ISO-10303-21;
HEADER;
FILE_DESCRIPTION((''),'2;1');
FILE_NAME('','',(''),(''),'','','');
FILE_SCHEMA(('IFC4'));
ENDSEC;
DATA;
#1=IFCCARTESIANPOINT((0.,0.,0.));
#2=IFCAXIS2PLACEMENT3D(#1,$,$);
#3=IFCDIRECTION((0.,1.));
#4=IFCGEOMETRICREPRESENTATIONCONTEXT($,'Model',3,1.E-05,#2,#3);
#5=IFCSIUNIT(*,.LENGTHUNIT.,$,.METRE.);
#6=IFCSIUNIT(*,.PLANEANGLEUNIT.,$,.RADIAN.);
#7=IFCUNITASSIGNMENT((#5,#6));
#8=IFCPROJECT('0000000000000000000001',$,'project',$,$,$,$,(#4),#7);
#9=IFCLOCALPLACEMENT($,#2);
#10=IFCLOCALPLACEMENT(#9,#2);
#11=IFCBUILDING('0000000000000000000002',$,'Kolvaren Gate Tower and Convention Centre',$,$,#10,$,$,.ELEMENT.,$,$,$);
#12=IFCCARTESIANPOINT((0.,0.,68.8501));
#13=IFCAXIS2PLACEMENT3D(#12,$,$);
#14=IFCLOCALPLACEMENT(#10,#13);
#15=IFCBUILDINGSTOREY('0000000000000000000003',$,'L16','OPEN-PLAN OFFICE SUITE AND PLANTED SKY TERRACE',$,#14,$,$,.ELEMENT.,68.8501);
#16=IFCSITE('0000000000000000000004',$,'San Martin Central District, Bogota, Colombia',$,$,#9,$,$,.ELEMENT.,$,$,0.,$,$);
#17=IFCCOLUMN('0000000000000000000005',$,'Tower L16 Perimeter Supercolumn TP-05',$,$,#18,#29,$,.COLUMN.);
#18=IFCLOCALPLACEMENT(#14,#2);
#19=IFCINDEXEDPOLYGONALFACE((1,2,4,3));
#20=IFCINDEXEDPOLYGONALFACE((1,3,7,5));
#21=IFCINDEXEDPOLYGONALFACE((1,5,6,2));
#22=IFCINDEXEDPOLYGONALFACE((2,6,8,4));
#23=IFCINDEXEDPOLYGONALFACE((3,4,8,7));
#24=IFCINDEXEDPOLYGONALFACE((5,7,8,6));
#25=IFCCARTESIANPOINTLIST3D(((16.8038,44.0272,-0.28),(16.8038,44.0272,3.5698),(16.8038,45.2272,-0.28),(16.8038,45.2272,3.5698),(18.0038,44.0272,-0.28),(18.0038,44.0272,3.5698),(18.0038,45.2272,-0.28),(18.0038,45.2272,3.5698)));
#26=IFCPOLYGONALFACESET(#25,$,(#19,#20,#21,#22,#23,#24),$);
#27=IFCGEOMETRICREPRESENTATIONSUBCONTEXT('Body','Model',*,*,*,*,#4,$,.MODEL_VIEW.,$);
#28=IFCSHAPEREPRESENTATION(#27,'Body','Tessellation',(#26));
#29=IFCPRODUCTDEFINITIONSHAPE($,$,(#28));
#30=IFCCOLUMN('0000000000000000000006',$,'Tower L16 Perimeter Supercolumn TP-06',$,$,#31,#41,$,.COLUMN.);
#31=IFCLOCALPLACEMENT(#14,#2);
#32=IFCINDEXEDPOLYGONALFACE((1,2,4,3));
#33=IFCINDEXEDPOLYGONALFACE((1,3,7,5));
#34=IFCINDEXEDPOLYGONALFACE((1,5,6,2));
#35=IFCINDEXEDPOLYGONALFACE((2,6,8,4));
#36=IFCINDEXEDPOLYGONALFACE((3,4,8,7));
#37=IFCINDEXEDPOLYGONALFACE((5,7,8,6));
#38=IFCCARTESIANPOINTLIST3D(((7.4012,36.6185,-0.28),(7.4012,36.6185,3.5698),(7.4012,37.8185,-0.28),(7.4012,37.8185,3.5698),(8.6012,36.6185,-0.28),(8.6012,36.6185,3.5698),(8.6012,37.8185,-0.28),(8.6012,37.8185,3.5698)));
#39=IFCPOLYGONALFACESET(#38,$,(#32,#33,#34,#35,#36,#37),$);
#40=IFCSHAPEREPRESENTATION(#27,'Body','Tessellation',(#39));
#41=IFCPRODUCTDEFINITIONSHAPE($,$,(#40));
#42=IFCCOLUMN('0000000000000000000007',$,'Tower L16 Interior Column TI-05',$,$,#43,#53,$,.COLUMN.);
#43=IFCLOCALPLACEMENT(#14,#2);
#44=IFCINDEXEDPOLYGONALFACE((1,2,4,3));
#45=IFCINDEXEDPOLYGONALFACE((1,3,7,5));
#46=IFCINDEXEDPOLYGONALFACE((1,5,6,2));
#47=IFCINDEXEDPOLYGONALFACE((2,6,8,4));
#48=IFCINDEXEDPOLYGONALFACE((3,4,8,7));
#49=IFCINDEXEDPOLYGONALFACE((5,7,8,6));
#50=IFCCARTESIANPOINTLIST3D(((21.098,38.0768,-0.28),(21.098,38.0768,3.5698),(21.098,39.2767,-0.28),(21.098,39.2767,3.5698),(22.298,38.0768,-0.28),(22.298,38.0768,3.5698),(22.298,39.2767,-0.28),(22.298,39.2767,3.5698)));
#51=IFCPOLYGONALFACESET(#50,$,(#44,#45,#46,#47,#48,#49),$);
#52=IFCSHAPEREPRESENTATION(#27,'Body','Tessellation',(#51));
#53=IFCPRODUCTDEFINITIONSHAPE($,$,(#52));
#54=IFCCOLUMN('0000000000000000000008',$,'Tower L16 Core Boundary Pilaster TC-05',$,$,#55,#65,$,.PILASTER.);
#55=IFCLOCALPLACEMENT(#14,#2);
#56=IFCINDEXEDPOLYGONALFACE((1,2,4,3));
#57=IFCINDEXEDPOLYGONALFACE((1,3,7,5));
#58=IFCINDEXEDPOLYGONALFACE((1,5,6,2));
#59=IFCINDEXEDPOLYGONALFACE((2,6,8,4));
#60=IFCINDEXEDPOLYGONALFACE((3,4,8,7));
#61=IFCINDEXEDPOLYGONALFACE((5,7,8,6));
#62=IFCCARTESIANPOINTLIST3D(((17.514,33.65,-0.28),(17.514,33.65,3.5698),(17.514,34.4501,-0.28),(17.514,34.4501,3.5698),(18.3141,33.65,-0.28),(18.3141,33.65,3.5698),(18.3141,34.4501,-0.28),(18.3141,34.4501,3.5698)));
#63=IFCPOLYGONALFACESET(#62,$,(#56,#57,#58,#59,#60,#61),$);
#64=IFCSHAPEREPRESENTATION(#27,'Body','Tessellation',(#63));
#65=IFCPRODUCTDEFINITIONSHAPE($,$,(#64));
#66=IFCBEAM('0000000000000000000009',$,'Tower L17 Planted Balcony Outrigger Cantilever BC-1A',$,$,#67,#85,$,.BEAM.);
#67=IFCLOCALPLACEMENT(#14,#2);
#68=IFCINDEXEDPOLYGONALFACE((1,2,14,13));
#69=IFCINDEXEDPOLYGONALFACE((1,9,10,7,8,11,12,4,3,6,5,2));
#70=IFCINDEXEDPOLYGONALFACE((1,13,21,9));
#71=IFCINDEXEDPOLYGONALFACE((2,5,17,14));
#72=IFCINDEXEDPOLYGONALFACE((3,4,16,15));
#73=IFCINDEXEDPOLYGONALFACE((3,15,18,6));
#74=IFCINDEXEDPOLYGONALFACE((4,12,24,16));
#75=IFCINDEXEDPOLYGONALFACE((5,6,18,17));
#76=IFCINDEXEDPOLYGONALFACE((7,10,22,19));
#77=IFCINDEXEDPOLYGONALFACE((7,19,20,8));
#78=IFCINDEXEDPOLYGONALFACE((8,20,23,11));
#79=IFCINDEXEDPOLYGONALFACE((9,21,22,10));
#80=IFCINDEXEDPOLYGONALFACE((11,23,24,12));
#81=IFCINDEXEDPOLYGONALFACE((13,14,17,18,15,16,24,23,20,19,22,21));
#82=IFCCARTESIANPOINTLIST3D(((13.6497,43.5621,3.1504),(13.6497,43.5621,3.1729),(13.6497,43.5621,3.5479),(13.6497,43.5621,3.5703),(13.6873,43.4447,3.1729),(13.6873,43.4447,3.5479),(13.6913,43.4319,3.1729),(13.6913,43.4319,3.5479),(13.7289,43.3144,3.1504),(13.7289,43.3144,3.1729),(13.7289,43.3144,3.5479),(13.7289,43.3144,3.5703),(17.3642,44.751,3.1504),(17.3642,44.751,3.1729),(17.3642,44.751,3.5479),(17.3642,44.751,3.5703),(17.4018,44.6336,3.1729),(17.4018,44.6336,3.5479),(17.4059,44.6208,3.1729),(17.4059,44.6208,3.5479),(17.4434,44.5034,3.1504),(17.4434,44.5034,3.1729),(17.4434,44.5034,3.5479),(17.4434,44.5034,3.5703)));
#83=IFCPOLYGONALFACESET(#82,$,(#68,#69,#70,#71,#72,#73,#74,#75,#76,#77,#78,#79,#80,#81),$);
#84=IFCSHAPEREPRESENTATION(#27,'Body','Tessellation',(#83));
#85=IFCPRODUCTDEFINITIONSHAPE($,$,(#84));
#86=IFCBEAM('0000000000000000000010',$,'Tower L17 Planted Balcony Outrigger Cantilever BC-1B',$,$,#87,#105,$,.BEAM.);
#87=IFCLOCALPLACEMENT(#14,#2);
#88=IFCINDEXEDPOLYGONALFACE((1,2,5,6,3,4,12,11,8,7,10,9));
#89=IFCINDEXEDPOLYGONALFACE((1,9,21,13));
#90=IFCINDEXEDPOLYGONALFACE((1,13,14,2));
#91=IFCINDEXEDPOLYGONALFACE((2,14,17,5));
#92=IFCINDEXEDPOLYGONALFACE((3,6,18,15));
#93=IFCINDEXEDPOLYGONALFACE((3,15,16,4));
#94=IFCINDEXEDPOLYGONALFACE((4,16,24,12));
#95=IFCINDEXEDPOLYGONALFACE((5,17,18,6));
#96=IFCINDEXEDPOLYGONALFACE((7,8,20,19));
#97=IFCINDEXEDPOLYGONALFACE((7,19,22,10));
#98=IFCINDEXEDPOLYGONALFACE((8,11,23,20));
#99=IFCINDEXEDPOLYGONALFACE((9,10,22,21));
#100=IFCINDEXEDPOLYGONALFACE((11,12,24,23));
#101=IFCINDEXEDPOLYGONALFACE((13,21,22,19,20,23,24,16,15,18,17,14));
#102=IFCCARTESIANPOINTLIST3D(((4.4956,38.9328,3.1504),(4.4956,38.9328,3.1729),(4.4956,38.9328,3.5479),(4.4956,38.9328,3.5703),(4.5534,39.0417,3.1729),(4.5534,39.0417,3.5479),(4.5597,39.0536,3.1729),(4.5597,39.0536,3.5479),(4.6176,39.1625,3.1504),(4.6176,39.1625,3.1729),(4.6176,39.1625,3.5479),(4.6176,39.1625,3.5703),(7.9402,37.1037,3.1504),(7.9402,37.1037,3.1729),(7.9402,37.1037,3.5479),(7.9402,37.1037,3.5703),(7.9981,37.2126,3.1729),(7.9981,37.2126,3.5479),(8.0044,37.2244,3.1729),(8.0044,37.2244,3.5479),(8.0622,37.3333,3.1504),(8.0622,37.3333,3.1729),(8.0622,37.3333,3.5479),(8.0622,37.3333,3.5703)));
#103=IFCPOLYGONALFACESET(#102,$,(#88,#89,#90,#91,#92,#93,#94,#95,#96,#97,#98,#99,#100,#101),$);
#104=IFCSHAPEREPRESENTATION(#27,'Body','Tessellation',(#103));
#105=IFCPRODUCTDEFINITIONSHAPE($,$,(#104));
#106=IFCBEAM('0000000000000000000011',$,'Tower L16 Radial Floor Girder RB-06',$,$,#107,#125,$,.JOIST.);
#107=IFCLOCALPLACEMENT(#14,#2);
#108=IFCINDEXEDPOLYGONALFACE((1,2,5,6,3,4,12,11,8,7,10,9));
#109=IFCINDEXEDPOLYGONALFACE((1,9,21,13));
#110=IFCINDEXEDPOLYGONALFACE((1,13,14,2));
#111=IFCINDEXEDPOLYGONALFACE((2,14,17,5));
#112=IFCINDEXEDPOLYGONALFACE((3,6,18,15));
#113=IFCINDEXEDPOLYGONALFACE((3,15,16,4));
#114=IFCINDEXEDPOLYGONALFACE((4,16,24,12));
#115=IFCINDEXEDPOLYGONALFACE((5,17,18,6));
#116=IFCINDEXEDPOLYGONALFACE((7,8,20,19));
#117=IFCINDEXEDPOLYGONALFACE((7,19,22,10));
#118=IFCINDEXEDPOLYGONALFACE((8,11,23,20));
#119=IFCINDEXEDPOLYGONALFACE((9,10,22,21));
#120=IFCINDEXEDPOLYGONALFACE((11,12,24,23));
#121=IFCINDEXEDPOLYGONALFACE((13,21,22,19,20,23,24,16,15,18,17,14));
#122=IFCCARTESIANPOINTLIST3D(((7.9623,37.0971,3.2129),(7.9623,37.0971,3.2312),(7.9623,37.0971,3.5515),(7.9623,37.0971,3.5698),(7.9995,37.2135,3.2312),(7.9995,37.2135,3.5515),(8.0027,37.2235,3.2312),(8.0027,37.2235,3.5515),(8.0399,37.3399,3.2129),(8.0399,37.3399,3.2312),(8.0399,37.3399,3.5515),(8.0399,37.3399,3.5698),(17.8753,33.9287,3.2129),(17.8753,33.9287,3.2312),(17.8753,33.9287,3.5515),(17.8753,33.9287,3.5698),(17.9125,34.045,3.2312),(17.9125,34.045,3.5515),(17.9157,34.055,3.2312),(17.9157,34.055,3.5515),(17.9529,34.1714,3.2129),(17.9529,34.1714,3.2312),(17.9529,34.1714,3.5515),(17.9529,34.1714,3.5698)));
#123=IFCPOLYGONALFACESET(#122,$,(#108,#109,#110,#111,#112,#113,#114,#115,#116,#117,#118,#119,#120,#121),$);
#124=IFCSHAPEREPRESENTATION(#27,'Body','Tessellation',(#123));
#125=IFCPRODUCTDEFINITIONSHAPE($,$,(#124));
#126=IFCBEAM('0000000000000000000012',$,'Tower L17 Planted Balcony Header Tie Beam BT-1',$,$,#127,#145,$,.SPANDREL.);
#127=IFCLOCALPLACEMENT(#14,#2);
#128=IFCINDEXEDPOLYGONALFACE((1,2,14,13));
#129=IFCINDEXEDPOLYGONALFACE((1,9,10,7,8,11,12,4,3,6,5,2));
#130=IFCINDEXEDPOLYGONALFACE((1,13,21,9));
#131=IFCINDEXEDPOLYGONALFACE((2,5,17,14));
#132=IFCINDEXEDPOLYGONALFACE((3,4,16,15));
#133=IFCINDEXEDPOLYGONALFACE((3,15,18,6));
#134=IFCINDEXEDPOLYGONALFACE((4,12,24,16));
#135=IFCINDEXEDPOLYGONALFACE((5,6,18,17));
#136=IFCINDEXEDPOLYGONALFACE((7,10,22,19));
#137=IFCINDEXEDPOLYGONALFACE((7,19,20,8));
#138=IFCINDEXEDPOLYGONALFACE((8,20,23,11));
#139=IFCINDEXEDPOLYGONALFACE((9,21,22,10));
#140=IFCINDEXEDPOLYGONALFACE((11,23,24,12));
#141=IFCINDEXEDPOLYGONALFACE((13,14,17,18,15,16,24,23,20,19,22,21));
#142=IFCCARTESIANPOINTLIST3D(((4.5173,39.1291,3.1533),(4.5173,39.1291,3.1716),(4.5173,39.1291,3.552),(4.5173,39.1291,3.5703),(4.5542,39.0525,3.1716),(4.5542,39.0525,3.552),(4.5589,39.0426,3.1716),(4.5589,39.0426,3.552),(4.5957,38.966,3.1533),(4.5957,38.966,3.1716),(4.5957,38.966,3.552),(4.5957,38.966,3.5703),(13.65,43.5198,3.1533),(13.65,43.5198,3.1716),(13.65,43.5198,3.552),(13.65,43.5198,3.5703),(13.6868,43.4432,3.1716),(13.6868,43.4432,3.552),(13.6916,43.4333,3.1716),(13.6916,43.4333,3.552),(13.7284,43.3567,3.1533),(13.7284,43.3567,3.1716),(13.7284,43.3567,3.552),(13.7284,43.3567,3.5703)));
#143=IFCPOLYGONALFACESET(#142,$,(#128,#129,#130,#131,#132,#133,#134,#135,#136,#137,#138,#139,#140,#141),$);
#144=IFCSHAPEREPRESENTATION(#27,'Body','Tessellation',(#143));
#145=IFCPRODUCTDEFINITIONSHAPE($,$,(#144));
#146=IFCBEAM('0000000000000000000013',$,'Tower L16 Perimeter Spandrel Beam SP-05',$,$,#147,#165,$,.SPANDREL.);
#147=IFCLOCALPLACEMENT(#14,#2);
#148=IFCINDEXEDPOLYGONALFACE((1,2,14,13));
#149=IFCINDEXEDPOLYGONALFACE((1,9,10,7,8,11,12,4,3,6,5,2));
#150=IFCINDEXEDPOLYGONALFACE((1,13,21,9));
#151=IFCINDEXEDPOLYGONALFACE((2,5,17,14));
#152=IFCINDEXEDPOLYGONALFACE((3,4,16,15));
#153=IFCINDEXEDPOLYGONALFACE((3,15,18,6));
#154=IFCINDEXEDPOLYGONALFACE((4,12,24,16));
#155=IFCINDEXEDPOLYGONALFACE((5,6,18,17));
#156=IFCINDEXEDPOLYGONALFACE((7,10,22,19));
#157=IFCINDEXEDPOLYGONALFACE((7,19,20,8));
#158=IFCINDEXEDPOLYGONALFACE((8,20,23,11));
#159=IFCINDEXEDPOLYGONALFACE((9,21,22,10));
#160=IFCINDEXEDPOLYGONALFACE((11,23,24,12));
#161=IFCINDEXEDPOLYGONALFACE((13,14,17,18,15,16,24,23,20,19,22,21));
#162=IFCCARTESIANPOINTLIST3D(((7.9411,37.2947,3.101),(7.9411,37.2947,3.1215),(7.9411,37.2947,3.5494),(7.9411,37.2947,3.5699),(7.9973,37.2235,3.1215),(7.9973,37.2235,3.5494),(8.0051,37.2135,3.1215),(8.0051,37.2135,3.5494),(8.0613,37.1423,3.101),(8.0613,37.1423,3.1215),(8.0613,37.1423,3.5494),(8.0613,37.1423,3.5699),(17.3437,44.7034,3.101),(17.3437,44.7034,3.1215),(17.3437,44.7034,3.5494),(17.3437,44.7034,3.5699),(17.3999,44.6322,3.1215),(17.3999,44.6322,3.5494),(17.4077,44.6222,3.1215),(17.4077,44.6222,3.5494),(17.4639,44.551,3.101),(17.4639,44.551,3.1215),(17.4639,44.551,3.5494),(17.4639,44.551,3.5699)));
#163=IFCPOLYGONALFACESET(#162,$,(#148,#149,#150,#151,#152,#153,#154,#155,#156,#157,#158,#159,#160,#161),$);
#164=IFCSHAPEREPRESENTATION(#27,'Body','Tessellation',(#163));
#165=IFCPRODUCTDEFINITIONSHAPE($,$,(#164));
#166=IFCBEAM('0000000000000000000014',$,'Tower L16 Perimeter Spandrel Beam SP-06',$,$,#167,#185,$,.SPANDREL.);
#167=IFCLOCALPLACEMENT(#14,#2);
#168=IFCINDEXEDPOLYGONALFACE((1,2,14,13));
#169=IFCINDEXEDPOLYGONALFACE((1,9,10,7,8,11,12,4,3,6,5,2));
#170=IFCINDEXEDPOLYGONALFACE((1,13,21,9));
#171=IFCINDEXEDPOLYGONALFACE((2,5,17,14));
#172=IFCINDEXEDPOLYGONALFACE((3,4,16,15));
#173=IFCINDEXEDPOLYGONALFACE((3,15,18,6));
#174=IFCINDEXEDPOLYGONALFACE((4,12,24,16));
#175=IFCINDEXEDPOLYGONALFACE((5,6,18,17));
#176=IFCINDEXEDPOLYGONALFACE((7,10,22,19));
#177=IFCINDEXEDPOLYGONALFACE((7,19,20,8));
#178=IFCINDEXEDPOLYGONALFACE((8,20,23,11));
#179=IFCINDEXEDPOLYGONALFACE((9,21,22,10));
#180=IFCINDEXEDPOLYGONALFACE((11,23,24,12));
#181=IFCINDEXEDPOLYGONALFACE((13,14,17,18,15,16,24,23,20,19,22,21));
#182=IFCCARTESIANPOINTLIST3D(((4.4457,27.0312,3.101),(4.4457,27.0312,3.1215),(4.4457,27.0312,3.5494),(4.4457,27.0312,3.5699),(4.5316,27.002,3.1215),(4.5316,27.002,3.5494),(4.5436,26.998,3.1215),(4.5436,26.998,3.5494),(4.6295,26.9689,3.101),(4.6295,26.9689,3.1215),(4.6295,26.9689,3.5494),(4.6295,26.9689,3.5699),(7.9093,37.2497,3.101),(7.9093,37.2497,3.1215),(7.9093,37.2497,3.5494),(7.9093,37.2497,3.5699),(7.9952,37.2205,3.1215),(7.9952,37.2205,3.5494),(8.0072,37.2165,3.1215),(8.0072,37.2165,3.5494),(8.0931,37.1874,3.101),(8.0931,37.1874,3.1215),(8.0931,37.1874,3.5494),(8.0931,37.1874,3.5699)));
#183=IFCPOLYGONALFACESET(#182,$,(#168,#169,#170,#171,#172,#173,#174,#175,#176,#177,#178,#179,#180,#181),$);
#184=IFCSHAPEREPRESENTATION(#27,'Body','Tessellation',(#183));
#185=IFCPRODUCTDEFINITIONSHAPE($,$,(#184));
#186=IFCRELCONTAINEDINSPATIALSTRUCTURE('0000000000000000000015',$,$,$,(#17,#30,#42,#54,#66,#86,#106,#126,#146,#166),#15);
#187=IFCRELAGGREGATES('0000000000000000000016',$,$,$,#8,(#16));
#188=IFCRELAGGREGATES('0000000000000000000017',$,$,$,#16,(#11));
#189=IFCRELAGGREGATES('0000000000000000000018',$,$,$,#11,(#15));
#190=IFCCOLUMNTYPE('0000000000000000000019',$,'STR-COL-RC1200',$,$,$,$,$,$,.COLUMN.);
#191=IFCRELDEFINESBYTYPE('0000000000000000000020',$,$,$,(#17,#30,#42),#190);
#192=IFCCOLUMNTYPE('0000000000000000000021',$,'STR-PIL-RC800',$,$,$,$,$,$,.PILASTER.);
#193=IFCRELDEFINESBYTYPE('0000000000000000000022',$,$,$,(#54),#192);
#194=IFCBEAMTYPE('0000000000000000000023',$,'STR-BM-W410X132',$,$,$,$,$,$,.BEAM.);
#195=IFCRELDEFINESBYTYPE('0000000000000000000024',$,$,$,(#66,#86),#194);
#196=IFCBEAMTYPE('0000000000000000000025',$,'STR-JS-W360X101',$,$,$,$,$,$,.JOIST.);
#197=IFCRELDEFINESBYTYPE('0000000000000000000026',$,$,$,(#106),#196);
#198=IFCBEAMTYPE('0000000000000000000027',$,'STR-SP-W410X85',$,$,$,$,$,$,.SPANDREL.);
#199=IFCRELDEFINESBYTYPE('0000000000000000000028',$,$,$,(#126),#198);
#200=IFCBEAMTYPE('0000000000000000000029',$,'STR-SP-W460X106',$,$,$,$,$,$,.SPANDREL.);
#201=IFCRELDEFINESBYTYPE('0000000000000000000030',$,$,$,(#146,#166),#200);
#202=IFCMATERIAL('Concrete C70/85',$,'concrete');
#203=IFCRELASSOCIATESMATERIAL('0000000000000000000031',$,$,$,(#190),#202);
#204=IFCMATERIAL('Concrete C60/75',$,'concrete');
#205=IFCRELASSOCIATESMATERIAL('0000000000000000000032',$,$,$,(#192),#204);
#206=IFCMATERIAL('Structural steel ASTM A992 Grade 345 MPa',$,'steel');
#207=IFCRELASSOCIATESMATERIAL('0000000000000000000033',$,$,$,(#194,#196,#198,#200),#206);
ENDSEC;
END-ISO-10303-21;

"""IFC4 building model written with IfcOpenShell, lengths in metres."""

from ifc_helpers import new_model, si_unit, direction, frame, origin, origin_2d, place, context, subcontext, project, spatial, rectangle, i_section, extrude, material, material_profile, profile_set, type_object, element, save


model = new_model("IFC4")

# Units and contexts
model_context = context("Model", 3, precision=1e-05, world=origin(), true_north=direction((0.0, 1.0)))
body_context = subcontext(model_context, "Body", "Model", "MODEL_VIEW")
ifc_project = project(units=[si_unit("LENGTHUNIT", "METRE"), si_unit("PLANEANGLEUNIT", "RADIAN")], contexts=[model_context])

# Site, building, storey
site_placement = place(None, origin())
site = spatial("IfcSite", under=ifc_project, at=site_placement, Name="San Martin Central District, Bogota, Colombia", CompositionType="ELEMENT", RefElevation=0.0)
building_placement = place(site_placement, origin())
building = spatial("IfcBuilding", under=site, at=building_placement, Name="Kolvaren Gate Tower and Convention Centre", CompositionType="ELEMENT")
storey_placement = place(building_placement, frame((0.0, 0.0, 68.8501)))
storey = spatial("IfcBuildingStorey", under=building, at=storey_placement, Name="L16", Description="OPEN-PLAN OFFICE SUITE AND PLANTED SKY TERRACE", CompositionType="ELEMENT", Elevation=68.8501)

# Columns
ifc_material_1 = material(Name="Concrete C70/85", Category="concrete")
ifc_material_profile_1 = material_profile(ifc_material_1, rectangle(XDim=1.2, YDim=1.2, at=origin_2d()), Name="RC-COL-1200X1200")
ifc_profile_set_1 = profile_set([ifc_material_profile_1], Name="Concrete C70/85")
column_type_1 = type_object("IfcColumnType", Name="STR-COL-RC1200", PredefinedType="COLUMN", material=ifc_profile_set_1)
for number, where, z_axis, x_axis, name in (
    (1, (17.4038, 44.6272, -0.28), (0.0, 0.0, 1.0), (1.0, 0.0, 0.0), "Tower L16 Perimeter Supercolumn TP-05"),
    (2, (8.0012, 37.2185, -0.28), (0.0, 0.0, 1.0), (1.0, 0.0, 0.0), "Tower L16 Perimeter Supercolumn TP-06"),
    (3, (21.698, 38.6768, -0.28), (0.0, 0.0, 1.0), (1.0, 0.0, 0.0), "Tower L16 Interior Column TI-05"),
):
    element("IfcColumn", number, at=place(storey_placement, frame(where, z_axis=z_axis, x_axis=x_axis)), inside=storey, type_object=column_type_1, Name=name, PredefinedType="COLUMN", context=body_context, shape_type="SweptSolid", body=[
        extrude(rectangle(XDim=1.2, YDim=1.2, at=origin_2d()), origin(), (0.0, 0.0, 1.0), 3.8499),
    ])
ifc_material_2 = material(Name="Concrete C60/75", Category="concrete")
ifc_material_profile_2 = material_profile(ifc_material_2, rectangle(XDim=0.8, YDim=0.8, at=origin_2d()), Name="RC-COL-800X800")
ifc_profile_set_2 = profile_set([ifc_material_profile_2], Name="Concrete C60/75")
column_type_2 = type_object("IfcColumnType", Name="STR-PIL-RC800", PredefinedType="PILASTER", material=ifc_profile_set_2)
column_placement = place(storey_placement, frame((17.9141, 34.05, -0.28), z_axis=(0.0, 0.0, 1.0), x_axis=(1.0, 0.0, 0.0)))
element("IfcColumn", 4, at=column_placement, inside=storey, type_object=column_type_2, Name="Tower L16 Core Boundary Pilaster TC-05", PredefinedType="PILASTER", context=body_context, shape_type="SweptSolid", body=[
    extrude(rectangle(XDim=0.8, YDim=0.8, at=origin_2d()), origin(), (0.0, 0.0, 1.0), 3.8499),
])

# Beams
ifc_material_3 = material(Name="Structural steel ASTM A992 Grade 345 MPa", Category="steel")
ifc_material_profile_3 = material_profile(ifc_material_3, i_section(OverallWidth=0.26, OverallDepth=0.4199, WebThickness=0.0134, FlangeThickness=0.0225, at=origin_2d()), Name="W410X132")
ifc_profile_set_3 = profile_set([ifc_material_profile_3], Name="Structural steel ASTM A992 Grade 345 MPa")
beam_type_1 = type_object("IfcBeamType", Name="STR-BM-W410X132", PredefinedType="BEAM", material=ifc_profile_set_3)
for number, where, z_axis, x_axis, name in (
    (5, (17.4038, 44.6272, 3.3604), (-0.952402, -0.304844, 0.0), (0.304844, -0.952402, 0.0), "Tower L17 Planted Balcony Outrigger Cantilever BC-1A"),
    (6, (8.0012, 37.2185, 3.3604), (-0.883204, 0.468989, 0.0), (-0.468989, -0.883204, 0.0), "Tower L17 Planted Balcony Outrigger Cantilever BC-1B"),
):
    element("IfcBeam", number, at=place(storey_placement, frame(where, z_axis=z_axis, x_axis=x_axis)), inside=storey, type_object=beam_type_1, Name=name, PredefinedType="BEAM", context=body_context, shape_type="SweptSolid", body=[
        extrude(i_section(OverallWidth=0.26, OverallDepth=0.4199, WebThickness=0.0134, FlangeThickness=0.0225, at=origin_2d()), origin(), (0.0, 0.0, 1.0), 3.9001),
    ])
ifc_material_profile_4 = material_profile(ifc_material_3, i_section(OverallWidth=0.2549, OverallDepth=0.3569, WebThickness=0.0105, FlangeThickness=0.0183, at=origin_2d()), Name="W360X101")
ifc_profile_set_4 = profile_set([ifc_material_profile_4], Name="Structural steel ASTM A992 Grade 345 MPa")
beam_type_2 = type_object("IfcBeamType", Name="STR-JS-W360X101", PredefinedType="JOIST", material=ifc_profile_set_4)
beam_1_placement = place(storey_placement, frame((17.9141, 34.05, 3.3914), z_axis=(-0.952526, 0.304457, 0.0), x_axis=(-0.304457, -0.952526, 0.0)))
element("IfcBeam", 7, at=beam_1_placement, inside=storey, type_object=beam_type_2, Name="Tower L16 Radial Floor Girder RB-06", PredefinedType="JOIST", context=body_context, shape_type="SweptSolid", body=[
    extrude(i_section(OverallWidth=0.2549, OverallDepth=0.3569, WebThickness=0.0105, FlangeThickness=0.0183, at=origin_2d()), origin(), (0.0, 0.0, 1.0), 10.407),
])
ifc_material_profile_5 = material_profile(ifc_material_3, i_section(OverallWidth=0.1809, OverallDepth=0.417, WebThickness=0.011, FlangeThickness=0.0183, at=origin_2d()), Name="W410X85")
ifc_profile_set_5 = profile_set([ifc_material_profile_5], Name="Structural steel ASTM A992 Grade 345 MPa")
beam_type_3 = type_object("IfcBeamType", Name="STR-SP-W410X85", PredefinedType="SPANDREL", material=ifc_profile_set_5)
beam_2_placement = place(storey_placement, frame((13.6892, 43.4382, 3.3618), z_axis=(-0.901254, -0.433292, 0.0), x_axis=(0.433292, -0.901254, 0.0)))
element("IfcBeam", 8, at=beam_2_placement, inside=storey, type_object=beam_type_3, Name="Tower L17 Planted Balcony Header Tie Beam BT-1", PredefinedType="SPANDREL", context=body_context, shape_type="SweptSolid", body=[
    extrude(i_section(OverallWidth=0.1809, OverallDepth=0.417, WebThickness=0.011, FlangeThickness=0.0183, at=origin_2d()), origin(), (0.0, 0.0, 1.0), 10.1333),
])
ifc_material_profile_6 = material_profile(ifc_material_3, i_section(OverallWidth=0.1941, OverallDepth=0.469, WebThickness=0.0127, FlangeThickness=0.0205, at=origin_2d()), Name="W460X106")
ifc_profile_set_6 = profile_set([ifc_material_profile_6], Name="Structural steel ASTM A992 Grade 345 MPa")
beam_type_4 = type_object("IfcBeamType", Name="STR-SP-W460X106", PredefinedType="SPANDREL", material=ifc_profile_set_6)
beam_3_placement = place(storey_placement, frame((17.4038, 44.6272, 3.3354), z_axis=(-0.785468, -0.618903, 0.0), x_axis=(0.618903, -0.785468, 0.0)))
element("IfcBeam", 9, at=beam_3_placement, inside=storey, type_object=beam_type_4, Name="Tower L16 Perimeter Spandrel Beam SP-05", PredefinedType="SPANDREL", context=body_context, shape_type="SweptSolid", body=[
    extrude(i_section(OverallWidth=0.1941, OverallDepth=0.469, WebThickness=0.0127, FlangeThickness=0.0205, at=origin_2d()), origin(), (0.0, 0.0, 1.0), 11.9707),
])
beam_4_placement = place(storey_placement, frame((8.0012, 37.2185, 3.3354), z_axis=(-0.321016, -0.947074, 0.0), x_axis=(0.947074, -0.321016, 0.0)))
element("IfcBeam", 10, at=beam_4_placement, inside=storey, type_object=beam_type_4, Name="Tower L16 Perimeter Spandrel Beam SP-06", PredefinedType="SPANDREL", context=body_context, shape_type="SweptSolid", body=[
    extrude(i_section(OverallWidth=0.1941, OverallDepth=0.469, WebThickness=0.0127, FlangeThickness=0.0205, at=origin_2d()), origin(), (0.0, 0.0, 1.0), 10.7896),
])

save(model, "model.ifc")
